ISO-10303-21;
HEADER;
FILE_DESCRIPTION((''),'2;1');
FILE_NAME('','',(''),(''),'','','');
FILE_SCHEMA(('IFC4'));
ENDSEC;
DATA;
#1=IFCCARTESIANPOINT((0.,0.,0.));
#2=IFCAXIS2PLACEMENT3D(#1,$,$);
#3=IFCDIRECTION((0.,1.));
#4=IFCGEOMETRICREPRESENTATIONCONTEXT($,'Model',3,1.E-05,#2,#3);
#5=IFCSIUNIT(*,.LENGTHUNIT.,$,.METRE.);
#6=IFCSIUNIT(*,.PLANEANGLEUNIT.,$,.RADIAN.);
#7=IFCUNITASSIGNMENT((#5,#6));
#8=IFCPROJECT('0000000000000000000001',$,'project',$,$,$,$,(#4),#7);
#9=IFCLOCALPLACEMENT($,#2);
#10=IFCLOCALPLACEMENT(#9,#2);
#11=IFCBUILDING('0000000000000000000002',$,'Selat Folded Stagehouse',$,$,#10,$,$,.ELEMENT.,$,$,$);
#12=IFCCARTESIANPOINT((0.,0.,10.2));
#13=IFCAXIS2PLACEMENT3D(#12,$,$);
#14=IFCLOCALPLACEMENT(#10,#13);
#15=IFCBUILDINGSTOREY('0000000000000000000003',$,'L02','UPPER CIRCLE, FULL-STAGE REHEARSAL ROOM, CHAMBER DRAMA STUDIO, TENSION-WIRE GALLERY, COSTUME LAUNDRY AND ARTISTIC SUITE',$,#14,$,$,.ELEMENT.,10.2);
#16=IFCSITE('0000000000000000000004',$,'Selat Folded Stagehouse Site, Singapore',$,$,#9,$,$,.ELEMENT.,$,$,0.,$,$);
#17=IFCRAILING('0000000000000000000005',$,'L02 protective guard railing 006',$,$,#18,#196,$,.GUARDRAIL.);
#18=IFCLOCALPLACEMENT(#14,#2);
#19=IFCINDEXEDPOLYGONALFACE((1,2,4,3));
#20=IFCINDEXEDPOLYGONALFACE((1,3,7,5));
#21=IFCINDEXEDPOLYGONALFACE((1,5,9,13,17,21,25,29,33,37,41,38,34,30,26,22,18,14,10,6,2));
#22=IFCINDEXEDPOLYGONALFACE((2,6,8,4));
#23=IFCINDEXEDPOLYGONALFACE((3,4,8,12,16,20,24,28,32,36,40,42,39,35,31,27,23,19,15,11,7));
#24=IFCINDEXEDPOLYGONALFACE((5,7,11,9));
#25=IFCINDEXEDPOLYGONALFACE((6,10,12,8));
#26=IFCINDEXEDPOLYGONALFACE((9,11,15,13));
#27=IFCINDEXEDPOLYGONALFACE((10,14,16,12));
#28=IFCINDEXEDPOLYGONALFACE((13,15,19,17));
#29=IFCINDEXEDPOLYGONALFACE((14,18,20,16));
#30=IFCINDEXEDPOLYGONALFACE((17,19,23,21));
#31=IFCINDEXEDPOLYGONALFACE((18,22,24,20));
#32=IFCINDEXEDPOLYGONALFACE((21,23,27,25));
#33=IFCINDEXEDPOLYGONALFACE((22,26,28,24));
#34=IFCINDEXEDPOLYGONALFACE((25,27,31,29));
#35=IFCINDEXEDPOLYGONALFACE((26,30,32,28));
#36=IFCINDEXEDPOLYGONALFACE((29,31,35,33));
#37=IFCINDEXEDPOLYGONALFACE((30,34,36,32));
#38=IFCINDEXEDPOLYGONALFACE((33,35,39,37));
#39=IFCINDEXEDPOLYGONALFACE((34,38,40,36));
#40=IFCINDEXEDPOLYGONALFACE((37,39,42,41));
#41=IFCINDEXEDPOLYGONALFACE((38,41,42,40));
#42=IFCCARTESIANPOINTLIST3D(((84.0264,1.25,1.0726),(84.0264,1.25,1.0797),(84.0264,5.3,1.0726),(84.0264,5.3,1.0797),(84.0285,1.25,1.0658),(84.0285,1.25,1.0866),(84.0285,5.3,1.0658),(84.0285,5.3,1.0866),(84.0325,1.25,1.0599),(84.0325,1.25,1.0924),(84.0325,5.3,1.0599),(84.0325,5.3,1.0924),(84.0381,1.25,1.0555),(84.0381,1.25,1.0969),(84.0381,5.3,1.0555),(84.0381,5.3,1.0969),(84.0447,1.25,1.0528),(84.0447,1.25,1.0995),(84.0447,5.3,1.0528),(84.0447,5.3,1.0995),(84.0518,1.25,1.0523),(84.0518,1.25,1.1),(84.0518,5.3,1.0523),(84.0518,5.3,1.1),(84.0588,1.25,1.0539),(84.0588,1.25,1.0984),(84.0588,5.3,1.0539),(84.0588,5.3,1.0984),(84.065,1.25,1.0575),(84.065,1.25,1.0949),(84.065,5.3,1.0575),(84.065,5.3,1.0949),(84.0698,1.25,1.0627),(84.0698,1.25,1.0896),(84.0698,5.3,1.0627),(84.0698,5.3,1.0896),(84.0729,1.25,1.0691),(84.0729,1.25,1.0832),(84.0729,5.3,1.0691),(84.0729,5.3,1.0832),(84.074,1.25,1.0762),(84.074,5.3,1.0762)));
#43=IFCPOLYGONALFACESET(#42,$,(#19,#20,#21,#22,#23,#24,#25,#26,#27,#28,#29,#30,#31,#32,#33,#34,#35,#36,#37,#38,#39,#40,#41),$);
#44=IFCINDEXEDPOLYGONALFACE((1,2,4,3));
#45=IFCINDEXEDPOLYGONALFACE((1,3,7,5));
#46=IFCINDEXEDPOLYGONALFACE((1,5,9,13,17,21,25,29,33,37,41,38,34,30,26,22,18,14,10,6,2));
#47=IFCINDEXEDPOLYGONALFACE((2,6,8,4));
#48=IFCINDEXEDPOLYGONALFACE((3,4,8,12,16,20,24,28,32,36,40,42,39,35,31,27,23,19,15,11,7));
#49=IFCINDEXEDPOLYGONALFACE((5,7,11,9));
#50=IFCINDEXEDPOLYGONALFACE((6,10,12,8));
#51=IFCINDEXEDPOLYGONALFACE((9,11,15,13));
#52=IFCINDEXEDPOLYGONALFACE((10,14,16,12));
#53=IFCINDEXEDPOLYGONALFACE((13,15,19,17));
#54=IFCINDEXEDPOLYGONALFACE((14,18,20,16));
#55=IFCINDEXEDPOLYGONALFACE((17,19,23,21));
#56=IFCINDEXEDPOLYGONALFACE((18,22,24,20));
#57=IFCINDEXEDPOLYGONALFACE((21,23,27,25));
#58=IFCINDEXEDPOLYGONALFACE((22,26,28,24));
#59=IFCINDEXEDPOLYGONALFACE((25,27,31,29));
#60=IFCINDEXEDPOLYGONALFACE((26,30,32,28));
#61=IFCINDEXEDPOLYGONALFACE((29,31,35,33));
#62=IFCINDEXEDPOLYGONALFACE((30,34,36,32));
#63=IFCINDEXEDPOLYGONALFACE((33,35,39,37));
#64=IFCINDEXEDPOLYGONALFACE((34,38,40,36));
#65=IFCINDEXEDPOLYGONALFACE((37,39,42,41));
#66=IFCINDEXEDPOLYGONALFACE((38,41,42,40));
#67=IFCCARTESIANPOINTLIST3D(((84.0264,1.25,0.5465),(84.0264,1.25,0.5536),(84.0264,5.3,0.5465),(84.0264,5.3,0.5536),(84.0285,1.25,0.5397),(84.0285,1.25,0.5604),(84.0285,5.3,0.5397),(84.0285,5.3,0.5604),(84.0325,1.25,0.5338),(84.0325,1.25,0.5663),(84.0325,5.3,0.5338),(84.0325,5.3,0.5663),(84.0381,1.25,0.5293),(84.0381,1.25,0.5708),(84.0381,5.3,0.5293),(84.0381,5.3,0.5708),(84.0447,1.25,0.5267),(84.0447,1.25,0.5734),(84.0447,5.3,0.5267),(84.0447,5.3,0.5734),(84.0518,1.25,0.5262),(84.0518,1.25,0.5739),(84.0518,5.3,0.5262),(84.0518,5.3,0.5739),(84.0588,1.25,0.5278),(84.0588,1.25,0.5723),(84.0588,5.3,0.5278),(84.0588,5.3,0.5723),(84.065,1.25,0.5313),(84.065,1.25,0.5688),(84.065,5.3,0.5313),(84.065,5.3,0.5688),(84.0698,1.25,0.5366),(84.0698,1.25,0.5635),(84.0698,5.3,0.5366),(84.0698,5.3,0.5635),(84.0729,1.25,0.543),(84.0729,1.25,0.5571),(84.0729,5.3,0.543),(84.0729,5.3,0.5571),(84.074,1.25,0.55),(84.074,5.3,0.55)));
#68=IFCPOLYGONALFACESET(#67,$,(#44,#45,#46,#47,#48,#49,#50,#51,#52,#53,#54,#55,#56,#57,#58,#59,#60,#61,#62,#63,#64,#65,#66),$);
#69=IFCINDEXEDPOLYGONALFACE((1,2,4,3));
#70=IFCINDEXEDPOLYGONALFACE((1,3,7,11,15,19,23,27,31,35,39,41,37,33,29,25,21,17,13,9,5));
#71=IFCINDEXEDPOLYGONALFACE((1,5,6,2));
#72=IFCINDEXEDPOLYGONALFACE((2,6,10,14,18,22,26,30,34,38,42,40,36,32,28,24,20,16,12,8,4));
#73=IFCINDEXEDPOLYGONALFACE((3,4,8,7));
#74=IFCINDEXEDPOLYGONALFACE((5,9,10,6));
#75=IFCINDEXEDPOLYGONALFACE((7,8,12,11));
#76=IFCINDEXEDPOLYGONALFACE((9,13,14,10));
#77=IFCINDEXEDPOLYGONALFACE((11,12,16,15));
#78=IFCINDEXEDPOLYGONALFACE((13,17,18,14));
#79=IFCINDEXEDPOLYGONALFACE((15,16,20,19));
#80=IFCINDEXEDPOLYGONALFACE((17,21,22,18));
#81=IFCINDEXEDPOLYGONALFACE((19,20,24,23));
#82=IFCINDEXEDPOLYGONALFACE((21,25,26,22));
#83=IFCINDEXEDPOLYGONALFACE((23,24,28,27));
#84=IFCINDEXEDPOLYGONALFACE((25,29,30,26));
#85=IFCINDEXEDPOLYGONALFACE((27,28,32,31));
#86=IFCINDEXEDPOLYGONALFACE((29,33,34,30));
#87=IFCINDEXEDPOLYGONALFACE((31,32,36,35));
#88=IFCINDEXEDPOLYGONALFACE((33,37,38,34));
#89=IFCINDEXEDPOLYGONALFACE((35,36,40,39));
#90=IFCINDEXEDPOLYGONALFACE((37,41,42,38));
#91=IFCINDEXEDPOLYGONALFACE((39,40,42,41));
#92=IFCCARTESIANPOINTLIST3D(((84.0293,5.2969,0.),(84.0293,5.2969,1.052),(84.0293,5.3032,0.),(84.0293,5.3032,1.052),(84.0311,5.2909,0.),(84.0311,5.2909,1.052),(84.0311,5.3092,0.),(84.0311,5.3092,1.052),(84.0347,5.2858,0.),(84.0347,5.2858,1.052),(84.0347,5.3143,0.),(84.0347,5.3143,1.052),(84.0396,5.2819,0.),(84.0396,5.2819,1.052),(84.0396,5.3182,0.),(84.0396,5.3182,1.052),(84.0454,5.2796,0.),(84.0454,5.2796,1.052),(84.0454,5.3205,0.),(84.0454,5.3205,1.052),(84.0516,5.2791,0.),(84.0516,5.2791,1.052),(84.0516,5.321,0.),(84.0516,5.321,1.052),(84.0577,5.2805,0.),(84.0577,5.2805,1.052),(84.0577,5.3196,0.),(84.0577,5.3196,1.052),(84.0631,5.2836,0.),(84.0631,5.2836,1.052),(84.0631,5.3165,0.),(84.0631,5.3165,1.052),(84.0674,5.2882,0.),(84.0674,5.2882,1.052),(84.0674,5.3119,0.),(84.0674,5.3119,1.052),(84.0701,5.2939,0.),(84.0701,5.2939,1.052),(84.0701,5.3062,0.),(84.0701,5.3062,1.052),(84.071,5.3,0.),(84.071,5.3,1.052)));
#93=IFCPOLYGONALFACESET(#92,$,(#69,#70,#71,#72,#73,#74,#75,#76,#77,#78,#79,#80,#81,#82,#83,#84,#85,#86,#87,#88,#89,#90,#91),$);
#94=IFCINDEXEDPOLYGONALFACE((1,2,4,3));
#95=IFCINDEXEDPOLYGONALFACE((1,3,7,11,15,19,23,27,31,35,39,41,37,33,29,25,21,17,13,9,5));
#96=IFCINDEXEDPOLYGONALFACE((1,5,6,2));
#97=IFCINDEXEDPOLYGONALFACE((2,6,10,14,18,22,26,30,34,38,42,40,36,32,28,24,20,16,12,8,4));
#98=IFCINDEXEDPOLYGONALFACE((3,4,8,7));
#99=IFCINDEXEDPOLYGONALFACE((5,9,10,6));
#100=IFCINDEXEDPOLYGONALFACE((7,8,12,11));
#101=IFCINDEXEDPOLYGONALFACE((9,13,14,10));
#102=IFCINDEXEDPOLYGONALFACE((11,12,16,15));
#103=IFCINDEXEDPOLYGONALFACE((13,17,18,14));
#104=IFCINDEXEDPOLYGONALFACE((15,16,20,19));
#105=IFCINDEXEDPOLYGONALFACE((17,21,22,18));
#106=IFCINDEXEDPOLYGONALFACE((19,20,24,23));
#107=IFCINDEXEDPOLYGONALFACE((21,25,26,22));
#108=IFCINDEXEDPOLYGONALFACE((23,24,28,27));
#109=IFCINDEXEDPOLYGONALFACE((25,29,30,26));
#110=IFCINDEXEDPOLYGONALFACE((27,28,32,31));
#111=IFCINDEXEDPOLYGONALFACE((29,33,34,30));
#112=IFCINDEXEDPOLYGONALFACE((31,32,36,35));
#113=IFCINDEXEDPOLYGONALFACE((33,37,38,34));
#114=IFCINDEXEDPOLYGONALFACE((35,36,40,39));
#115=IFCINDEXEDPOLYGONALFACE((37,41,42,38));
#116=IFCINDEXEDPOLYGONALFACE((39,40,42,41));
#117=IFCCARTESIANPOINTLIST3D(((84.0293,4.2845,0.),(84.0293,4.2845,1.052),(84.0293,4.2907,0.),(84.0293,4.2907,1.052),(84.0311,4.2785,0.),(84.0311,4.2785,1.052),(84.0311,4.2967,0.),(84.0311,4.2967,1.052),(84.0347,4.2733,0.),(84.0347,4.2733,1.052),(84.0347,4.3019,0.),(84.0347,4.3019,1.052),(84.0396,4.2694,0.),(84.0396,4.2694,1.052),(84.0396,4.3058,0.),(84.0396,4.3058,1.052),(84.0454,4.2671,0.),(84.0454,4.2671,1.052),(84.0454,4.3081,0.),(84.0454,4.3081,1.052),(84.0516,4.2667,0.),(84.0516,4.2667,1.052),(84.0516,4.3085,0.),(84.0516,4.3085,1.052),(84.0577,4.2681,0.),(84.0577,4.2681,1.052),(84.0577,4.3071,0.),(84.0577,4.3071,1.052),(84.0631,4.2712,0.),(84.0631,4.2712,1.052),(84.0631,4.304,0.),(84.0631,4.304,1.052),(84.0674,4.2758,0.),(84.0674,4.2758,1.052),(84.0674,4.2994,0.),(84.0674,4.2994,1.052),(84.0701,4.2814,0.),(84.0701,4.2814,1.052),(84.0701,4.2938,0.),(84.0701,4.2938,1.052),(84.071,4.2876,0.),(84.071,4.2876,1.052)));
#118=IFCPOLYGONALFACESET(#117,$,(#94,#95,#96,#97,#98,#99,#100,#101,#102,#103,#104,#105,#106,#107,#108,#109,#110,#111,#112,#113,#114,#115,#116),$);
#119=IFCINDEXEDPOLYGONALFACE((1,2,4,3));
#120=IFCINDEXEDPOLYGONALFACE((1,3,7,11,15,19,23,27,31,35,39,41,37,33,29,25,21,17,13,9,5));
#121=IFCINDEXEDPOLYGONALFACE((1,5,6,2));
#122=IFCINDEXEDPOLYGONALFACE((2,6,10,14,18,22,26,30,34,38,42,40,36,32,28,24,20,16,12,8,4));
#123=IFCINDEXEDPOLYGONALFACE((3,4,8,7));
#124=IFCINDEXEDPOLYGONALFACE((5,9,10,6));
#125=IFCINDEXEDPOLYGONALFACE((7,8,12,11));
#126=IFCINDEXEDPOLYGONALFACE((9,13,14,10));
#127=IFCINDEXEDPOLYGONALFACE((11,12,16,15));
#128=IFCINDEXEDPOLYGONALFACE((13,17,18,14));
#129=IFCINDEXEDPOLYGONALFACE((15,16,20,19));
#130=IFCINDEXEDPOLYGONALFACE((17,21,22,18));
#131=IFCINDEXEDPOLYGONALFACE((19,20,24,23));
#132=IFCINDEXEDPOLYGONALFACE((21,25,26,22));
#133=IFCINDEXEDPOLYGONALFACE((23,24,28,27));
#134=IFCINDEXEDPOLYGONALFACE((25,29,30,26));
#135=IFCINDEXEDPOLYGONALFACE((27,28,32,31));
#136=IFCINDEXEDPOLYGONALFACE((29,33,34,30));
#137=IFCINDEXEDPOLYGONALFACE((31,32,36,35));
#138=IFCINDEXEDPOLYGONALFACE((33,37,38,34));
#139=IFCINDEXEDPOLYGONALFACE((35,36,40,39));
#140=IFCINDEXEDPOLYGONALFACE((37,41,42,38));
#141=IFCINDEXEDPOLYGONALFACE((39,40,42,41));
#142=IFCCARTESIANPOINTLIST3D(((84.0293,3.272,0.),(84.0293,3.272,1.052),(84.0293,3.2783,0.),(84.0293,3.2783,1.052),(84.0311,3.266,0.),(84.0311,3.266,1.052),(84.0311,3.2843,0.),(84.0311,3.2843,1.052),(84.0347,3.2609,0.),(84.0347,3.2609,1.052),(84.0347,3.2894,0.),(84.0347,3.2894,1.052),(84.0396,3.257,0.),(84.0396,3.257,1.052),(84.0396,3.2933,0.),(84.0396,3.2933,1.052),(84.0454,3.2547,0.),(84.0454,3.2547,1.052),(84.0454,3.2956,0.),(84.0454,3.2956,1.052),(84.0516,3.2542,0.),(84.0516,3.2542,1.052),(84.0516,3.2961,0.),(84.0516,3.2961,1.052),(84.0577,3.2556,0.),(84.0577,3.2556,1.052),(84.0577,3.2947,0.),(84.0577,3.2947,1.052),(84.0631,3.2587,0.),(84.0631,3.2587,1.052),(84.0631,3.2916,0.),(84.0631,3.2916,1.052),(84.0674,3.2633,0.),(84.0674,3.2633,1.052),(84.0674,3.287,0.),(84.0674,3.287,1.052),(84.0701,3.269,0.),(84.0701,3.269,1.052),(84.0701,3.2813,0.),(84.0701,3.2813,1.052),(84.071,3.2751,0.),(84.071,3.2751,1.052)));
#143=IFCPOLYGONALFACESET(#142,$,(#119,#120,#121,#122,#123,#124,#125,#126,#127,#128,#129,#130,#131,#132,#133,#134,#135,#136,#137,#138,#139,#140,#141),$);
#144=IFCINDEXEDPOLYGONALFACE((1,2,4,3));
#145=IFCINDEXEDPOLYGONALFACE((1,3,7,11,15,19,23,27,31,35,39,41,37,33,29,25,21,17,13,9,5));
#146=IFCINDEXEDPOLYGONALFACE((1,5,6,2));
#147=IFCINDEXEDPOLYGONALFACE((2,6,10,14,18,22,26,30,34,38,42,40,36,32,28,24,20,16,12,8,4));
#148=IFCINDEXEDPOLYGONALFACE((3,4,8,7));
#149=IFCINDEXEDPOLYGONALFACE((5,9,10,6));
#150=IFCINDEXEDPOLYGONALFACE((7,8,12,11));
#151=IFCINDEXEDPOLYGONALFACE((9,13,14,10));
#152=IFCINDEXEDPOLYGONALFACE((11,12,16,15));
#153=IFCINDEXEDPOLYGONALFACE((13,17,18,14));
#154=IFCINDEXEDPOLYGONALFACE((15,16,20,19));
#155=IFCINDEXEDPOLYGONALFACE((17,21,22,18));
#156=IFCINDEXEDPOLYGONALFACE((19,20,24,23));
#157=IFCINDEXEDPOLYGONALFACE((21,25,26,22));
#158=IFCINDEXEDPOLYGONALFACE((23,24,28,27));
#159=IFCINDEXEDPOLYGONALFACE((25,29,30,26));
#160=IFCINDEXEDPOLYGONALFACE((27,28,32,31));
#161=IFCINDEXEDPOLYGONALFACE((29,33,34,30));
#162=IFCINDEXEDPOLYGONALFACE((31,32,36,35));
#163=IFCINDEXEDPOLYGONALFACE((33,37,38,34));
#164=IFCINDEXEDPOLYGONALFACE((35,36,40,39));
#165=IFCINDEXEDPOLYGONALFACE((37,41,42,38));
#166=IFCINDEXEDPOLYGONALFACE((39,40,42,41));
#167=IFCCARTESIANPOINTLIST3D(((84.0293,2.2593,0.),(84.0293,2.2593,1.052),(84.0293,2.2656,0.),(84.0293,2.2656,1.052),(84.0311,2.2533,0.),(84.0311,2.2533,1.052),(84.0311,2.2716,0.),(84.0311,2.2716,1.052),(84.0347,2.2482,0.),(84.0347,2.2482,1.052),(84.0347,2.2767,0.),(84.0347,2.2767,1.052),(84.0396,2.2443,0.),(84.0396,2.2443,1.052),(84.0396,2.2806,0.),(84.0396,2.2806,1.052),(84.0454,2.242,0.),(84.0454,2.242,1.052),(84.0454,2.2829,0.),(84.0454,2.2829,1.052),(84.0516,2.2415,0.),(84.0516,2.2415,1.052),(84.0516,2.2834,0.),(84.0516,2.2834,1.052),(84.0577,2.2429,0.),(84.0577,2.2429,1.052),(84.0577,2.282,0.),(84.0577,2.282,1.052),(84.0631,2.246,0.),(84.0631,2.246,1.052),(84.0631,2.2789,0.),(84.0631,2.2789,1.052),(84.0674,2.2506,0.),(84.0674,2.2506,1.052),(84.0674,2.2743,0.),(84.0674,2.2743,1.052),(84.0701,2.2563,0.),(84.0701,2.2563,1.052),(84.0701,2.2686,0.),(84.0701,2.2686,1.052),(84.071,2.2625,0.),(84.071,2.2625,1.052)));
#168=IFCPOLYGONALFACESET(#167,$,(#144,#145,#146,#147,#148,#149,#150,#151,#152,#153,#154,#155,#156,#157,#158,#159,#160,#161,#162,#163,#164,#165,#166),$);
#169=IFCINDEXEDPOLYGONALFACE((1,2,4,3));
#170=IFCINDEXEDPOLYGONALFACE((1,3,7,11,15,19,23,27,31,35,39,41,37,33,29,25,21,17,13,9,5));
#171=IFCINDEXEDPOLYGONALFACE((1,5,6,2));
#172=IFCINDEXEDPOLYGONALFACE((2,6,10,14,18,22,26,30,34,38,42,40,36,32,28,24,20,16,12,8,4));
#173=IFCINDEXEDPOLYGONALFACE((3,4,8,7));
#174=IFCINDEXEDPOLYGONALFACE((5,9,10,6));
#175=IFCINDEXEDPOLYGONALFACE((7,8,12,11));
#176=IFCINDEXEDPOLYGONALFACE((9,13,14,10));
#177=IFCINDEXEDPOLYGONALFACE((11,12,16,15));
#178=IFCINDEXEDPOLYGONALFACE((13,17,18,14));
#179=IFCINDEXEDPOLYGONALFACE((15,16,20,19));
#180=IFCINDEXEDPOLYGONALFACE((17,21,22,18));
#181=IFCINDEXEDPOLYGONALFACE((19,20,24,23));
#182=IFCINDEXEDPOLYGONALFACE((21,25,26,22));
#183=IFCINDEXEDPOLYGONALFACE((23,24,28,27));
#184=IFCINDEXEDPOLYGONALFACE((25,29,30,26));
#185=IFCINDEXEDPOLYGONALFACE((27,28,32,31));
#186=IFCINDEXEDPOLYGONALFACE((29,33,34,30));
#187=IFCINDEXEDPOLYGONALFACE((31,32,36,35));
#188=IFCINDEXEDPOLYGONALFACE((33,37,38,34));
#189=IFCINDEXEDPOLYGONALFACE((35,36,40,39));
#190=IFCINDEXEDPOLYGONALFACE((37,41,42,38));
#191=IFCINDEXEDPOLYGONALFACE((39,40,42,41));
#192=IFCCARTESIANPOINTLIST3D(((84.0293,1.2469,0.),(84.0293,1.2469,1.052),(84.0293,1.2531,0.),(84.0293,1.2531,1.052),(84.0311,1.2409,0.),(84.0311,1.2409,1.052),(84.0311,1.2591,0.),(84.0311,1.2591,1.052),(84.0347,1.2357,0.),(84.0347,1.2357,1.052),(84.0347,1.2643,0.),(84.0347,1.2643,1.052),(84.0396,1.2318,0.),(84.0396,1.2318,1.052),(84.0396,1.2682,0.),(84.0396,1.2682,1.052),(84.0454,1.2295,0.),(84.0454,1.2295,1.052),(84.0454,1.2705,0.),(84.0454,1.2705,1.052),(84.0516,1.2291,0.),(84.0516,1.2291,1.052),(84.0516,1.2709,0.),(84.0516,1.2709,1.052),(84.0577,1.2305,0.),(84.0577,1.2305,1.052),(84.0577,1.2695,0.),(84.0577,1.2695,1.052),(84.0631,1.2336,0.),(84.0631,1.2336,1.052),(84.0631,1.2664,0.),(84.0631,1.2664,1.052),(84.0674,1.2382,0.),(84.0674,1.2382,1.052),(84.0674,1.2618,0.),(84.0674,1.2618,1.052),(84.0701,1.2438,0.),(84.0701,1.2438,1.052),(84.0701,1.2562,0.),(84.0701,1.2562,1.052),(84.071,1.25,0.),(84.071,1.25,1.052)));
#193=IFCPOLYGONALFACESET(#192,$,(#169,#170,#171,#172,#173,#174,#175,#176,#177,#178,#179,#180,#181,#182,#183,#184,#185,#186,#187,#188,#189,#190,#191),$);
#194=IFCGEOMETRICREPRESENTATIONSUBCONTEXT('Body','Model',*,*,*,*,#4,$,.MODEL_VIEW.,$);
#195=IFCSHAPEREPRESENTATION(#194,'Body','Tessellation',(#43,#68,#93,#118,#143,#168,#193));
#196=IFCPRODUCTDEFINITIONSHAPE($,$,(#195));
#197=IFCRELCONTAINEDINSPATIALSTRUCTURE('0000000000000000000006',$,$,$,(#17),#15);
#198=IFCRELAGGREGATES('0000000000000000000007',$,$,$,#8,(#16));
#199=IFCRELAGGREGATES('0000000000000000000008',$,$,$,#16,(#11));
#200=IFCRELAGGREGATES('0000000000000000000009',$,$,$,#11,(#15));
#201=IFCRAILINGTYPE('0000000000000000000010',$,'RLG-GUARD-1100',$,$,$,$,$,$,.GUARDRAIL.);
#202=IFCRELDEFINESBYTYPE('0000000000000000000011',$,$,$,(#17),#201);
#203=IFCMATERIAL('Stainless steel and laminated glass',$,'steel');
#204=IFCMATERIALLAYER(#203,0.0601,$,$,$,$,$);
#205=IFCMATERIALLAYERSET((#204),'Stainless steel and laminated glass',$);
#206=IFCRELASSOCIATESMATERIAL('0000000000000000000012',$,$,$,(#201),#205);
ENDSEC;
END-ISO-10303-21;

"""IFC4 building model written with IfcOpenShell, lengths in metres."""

from ifc_helpers import new_model, si_unit, direction, frame, origin, origin_2d, place, context, subcontext, project, spatial, circle, extrude, material, layer, layer_set, type_object, element, save


model = new_model("IFC4")

# Units and contexts
model_context = context("Model", 3, precision=1e-05, world=origin(), true_north=direction((0.0, 1.0)))
body_context = subcontext(model_context, "Body", "Model", "MODEL_VIEW")
ifc_project = project(units=[si_unit("LENGTHUNIT", "METRE"), si_unit("PLANEANGLEUNIT", "RADIAN")], contexts=[model_context])

# Site, building, storey
site_placement = place(None, origin())
site = spatial("IfcSite", under=ifc_project, at=site_placement, Name="Selat Folded Stagehouse Site, Singapore", CompositionType="ELEMENT", RefElevation=0.0)
building_placement = place(site_placement, origin())
building = spatial("IfcBuilding", under=site, at=building_placement, Name="Selat Folded Stagehouse", CompositionType="ELEMENT")
storey_placement = place(building_placement, frame((0.0, 0.0, 10.2)))
storey = spatial("IfcBuildingStorey", under=building, at=storey_placement, Name="L02", Description="UPPER CIRCLE, FULL-STAGE REHEARSAL ROOM, CHAMBER DRAMA STUDIO, TENSION-WIRE GALLERY, COSTUME LAUNDRY AND ARTISTIC SUITE", CompositionType="ELEMENT", Elevation=10.2)

# Railing
ifc_material_1 = material(Name="Stainless steel and laminated glass", Category="steel")
ifc_layer_1 = layer(ifc_material_1, 0.0601)
ifc_layer_set_1 = layer_set([ifc_layer_1], Name="Stainless steel and laminated glass")
railing_type = type_object("IfcRailingType", Name="RLG-GUARD-1100", PredefinedType="GUARDRAIL", material=ifc_layer_set_1)
railing_1_placement = place(storey_placement, frame((84.05, 5.3, 0.0)))
element("IfcRailing", 1, at=railing_1_placement, inside=storey, type_object=railing_type, Name="L02 protective guard railing 006", PredefinedType="GUARDRAIL", context=body_context, shape_type="SweptSolid", body=[
    extrude(circle(Radius=0.0239, at=origin_2d()), frame((0.0, 0.0, 1.0762), z_axis=(0.0, -1.0, 0.0), x_axis=(1.0, 0.0, 0.0)), (0.0, 0.0, 1.0), 4.05),
    extrude(circle(Radius=0.0239, at=origin_2d()), frame((0.0, 0.0, 0.55), z_axis=(0.0, -1.0, 0.0), x_axis=(1.0, 0.0, 0.0)), (0.0, 0.0, 1.0), 4.05),
    extrude(circle(Radius=0.021, at=origin_2d()), origin(), (0.0, 0.0, 1.0), 1.052),
    extrude(circle(Radius=0.021, at=origin_2d()), frame((0.0, -1.0125, 0.0)), (0.0, 0.0, 1.0), 1.052),
    extrude(circle(Radius=0.021, at=origin_2d()), frame((0.0, -2.0249, 0.0)), (0.0, 0.0, 1.0), 1.052),
    extrude(circle(Radius=0.021, at=origin_2d()), frame((0.0, -3.0376, 0.0)), (0.0, 0.0, 1.0), 1.052),
    extrude(circle(Radius=0.021, at=origin_2d()), frame((0.0, -4.05, 0.0)), (0.0, 0.0, 1.0), 1.052),
])

save(model, "model.ifc")
